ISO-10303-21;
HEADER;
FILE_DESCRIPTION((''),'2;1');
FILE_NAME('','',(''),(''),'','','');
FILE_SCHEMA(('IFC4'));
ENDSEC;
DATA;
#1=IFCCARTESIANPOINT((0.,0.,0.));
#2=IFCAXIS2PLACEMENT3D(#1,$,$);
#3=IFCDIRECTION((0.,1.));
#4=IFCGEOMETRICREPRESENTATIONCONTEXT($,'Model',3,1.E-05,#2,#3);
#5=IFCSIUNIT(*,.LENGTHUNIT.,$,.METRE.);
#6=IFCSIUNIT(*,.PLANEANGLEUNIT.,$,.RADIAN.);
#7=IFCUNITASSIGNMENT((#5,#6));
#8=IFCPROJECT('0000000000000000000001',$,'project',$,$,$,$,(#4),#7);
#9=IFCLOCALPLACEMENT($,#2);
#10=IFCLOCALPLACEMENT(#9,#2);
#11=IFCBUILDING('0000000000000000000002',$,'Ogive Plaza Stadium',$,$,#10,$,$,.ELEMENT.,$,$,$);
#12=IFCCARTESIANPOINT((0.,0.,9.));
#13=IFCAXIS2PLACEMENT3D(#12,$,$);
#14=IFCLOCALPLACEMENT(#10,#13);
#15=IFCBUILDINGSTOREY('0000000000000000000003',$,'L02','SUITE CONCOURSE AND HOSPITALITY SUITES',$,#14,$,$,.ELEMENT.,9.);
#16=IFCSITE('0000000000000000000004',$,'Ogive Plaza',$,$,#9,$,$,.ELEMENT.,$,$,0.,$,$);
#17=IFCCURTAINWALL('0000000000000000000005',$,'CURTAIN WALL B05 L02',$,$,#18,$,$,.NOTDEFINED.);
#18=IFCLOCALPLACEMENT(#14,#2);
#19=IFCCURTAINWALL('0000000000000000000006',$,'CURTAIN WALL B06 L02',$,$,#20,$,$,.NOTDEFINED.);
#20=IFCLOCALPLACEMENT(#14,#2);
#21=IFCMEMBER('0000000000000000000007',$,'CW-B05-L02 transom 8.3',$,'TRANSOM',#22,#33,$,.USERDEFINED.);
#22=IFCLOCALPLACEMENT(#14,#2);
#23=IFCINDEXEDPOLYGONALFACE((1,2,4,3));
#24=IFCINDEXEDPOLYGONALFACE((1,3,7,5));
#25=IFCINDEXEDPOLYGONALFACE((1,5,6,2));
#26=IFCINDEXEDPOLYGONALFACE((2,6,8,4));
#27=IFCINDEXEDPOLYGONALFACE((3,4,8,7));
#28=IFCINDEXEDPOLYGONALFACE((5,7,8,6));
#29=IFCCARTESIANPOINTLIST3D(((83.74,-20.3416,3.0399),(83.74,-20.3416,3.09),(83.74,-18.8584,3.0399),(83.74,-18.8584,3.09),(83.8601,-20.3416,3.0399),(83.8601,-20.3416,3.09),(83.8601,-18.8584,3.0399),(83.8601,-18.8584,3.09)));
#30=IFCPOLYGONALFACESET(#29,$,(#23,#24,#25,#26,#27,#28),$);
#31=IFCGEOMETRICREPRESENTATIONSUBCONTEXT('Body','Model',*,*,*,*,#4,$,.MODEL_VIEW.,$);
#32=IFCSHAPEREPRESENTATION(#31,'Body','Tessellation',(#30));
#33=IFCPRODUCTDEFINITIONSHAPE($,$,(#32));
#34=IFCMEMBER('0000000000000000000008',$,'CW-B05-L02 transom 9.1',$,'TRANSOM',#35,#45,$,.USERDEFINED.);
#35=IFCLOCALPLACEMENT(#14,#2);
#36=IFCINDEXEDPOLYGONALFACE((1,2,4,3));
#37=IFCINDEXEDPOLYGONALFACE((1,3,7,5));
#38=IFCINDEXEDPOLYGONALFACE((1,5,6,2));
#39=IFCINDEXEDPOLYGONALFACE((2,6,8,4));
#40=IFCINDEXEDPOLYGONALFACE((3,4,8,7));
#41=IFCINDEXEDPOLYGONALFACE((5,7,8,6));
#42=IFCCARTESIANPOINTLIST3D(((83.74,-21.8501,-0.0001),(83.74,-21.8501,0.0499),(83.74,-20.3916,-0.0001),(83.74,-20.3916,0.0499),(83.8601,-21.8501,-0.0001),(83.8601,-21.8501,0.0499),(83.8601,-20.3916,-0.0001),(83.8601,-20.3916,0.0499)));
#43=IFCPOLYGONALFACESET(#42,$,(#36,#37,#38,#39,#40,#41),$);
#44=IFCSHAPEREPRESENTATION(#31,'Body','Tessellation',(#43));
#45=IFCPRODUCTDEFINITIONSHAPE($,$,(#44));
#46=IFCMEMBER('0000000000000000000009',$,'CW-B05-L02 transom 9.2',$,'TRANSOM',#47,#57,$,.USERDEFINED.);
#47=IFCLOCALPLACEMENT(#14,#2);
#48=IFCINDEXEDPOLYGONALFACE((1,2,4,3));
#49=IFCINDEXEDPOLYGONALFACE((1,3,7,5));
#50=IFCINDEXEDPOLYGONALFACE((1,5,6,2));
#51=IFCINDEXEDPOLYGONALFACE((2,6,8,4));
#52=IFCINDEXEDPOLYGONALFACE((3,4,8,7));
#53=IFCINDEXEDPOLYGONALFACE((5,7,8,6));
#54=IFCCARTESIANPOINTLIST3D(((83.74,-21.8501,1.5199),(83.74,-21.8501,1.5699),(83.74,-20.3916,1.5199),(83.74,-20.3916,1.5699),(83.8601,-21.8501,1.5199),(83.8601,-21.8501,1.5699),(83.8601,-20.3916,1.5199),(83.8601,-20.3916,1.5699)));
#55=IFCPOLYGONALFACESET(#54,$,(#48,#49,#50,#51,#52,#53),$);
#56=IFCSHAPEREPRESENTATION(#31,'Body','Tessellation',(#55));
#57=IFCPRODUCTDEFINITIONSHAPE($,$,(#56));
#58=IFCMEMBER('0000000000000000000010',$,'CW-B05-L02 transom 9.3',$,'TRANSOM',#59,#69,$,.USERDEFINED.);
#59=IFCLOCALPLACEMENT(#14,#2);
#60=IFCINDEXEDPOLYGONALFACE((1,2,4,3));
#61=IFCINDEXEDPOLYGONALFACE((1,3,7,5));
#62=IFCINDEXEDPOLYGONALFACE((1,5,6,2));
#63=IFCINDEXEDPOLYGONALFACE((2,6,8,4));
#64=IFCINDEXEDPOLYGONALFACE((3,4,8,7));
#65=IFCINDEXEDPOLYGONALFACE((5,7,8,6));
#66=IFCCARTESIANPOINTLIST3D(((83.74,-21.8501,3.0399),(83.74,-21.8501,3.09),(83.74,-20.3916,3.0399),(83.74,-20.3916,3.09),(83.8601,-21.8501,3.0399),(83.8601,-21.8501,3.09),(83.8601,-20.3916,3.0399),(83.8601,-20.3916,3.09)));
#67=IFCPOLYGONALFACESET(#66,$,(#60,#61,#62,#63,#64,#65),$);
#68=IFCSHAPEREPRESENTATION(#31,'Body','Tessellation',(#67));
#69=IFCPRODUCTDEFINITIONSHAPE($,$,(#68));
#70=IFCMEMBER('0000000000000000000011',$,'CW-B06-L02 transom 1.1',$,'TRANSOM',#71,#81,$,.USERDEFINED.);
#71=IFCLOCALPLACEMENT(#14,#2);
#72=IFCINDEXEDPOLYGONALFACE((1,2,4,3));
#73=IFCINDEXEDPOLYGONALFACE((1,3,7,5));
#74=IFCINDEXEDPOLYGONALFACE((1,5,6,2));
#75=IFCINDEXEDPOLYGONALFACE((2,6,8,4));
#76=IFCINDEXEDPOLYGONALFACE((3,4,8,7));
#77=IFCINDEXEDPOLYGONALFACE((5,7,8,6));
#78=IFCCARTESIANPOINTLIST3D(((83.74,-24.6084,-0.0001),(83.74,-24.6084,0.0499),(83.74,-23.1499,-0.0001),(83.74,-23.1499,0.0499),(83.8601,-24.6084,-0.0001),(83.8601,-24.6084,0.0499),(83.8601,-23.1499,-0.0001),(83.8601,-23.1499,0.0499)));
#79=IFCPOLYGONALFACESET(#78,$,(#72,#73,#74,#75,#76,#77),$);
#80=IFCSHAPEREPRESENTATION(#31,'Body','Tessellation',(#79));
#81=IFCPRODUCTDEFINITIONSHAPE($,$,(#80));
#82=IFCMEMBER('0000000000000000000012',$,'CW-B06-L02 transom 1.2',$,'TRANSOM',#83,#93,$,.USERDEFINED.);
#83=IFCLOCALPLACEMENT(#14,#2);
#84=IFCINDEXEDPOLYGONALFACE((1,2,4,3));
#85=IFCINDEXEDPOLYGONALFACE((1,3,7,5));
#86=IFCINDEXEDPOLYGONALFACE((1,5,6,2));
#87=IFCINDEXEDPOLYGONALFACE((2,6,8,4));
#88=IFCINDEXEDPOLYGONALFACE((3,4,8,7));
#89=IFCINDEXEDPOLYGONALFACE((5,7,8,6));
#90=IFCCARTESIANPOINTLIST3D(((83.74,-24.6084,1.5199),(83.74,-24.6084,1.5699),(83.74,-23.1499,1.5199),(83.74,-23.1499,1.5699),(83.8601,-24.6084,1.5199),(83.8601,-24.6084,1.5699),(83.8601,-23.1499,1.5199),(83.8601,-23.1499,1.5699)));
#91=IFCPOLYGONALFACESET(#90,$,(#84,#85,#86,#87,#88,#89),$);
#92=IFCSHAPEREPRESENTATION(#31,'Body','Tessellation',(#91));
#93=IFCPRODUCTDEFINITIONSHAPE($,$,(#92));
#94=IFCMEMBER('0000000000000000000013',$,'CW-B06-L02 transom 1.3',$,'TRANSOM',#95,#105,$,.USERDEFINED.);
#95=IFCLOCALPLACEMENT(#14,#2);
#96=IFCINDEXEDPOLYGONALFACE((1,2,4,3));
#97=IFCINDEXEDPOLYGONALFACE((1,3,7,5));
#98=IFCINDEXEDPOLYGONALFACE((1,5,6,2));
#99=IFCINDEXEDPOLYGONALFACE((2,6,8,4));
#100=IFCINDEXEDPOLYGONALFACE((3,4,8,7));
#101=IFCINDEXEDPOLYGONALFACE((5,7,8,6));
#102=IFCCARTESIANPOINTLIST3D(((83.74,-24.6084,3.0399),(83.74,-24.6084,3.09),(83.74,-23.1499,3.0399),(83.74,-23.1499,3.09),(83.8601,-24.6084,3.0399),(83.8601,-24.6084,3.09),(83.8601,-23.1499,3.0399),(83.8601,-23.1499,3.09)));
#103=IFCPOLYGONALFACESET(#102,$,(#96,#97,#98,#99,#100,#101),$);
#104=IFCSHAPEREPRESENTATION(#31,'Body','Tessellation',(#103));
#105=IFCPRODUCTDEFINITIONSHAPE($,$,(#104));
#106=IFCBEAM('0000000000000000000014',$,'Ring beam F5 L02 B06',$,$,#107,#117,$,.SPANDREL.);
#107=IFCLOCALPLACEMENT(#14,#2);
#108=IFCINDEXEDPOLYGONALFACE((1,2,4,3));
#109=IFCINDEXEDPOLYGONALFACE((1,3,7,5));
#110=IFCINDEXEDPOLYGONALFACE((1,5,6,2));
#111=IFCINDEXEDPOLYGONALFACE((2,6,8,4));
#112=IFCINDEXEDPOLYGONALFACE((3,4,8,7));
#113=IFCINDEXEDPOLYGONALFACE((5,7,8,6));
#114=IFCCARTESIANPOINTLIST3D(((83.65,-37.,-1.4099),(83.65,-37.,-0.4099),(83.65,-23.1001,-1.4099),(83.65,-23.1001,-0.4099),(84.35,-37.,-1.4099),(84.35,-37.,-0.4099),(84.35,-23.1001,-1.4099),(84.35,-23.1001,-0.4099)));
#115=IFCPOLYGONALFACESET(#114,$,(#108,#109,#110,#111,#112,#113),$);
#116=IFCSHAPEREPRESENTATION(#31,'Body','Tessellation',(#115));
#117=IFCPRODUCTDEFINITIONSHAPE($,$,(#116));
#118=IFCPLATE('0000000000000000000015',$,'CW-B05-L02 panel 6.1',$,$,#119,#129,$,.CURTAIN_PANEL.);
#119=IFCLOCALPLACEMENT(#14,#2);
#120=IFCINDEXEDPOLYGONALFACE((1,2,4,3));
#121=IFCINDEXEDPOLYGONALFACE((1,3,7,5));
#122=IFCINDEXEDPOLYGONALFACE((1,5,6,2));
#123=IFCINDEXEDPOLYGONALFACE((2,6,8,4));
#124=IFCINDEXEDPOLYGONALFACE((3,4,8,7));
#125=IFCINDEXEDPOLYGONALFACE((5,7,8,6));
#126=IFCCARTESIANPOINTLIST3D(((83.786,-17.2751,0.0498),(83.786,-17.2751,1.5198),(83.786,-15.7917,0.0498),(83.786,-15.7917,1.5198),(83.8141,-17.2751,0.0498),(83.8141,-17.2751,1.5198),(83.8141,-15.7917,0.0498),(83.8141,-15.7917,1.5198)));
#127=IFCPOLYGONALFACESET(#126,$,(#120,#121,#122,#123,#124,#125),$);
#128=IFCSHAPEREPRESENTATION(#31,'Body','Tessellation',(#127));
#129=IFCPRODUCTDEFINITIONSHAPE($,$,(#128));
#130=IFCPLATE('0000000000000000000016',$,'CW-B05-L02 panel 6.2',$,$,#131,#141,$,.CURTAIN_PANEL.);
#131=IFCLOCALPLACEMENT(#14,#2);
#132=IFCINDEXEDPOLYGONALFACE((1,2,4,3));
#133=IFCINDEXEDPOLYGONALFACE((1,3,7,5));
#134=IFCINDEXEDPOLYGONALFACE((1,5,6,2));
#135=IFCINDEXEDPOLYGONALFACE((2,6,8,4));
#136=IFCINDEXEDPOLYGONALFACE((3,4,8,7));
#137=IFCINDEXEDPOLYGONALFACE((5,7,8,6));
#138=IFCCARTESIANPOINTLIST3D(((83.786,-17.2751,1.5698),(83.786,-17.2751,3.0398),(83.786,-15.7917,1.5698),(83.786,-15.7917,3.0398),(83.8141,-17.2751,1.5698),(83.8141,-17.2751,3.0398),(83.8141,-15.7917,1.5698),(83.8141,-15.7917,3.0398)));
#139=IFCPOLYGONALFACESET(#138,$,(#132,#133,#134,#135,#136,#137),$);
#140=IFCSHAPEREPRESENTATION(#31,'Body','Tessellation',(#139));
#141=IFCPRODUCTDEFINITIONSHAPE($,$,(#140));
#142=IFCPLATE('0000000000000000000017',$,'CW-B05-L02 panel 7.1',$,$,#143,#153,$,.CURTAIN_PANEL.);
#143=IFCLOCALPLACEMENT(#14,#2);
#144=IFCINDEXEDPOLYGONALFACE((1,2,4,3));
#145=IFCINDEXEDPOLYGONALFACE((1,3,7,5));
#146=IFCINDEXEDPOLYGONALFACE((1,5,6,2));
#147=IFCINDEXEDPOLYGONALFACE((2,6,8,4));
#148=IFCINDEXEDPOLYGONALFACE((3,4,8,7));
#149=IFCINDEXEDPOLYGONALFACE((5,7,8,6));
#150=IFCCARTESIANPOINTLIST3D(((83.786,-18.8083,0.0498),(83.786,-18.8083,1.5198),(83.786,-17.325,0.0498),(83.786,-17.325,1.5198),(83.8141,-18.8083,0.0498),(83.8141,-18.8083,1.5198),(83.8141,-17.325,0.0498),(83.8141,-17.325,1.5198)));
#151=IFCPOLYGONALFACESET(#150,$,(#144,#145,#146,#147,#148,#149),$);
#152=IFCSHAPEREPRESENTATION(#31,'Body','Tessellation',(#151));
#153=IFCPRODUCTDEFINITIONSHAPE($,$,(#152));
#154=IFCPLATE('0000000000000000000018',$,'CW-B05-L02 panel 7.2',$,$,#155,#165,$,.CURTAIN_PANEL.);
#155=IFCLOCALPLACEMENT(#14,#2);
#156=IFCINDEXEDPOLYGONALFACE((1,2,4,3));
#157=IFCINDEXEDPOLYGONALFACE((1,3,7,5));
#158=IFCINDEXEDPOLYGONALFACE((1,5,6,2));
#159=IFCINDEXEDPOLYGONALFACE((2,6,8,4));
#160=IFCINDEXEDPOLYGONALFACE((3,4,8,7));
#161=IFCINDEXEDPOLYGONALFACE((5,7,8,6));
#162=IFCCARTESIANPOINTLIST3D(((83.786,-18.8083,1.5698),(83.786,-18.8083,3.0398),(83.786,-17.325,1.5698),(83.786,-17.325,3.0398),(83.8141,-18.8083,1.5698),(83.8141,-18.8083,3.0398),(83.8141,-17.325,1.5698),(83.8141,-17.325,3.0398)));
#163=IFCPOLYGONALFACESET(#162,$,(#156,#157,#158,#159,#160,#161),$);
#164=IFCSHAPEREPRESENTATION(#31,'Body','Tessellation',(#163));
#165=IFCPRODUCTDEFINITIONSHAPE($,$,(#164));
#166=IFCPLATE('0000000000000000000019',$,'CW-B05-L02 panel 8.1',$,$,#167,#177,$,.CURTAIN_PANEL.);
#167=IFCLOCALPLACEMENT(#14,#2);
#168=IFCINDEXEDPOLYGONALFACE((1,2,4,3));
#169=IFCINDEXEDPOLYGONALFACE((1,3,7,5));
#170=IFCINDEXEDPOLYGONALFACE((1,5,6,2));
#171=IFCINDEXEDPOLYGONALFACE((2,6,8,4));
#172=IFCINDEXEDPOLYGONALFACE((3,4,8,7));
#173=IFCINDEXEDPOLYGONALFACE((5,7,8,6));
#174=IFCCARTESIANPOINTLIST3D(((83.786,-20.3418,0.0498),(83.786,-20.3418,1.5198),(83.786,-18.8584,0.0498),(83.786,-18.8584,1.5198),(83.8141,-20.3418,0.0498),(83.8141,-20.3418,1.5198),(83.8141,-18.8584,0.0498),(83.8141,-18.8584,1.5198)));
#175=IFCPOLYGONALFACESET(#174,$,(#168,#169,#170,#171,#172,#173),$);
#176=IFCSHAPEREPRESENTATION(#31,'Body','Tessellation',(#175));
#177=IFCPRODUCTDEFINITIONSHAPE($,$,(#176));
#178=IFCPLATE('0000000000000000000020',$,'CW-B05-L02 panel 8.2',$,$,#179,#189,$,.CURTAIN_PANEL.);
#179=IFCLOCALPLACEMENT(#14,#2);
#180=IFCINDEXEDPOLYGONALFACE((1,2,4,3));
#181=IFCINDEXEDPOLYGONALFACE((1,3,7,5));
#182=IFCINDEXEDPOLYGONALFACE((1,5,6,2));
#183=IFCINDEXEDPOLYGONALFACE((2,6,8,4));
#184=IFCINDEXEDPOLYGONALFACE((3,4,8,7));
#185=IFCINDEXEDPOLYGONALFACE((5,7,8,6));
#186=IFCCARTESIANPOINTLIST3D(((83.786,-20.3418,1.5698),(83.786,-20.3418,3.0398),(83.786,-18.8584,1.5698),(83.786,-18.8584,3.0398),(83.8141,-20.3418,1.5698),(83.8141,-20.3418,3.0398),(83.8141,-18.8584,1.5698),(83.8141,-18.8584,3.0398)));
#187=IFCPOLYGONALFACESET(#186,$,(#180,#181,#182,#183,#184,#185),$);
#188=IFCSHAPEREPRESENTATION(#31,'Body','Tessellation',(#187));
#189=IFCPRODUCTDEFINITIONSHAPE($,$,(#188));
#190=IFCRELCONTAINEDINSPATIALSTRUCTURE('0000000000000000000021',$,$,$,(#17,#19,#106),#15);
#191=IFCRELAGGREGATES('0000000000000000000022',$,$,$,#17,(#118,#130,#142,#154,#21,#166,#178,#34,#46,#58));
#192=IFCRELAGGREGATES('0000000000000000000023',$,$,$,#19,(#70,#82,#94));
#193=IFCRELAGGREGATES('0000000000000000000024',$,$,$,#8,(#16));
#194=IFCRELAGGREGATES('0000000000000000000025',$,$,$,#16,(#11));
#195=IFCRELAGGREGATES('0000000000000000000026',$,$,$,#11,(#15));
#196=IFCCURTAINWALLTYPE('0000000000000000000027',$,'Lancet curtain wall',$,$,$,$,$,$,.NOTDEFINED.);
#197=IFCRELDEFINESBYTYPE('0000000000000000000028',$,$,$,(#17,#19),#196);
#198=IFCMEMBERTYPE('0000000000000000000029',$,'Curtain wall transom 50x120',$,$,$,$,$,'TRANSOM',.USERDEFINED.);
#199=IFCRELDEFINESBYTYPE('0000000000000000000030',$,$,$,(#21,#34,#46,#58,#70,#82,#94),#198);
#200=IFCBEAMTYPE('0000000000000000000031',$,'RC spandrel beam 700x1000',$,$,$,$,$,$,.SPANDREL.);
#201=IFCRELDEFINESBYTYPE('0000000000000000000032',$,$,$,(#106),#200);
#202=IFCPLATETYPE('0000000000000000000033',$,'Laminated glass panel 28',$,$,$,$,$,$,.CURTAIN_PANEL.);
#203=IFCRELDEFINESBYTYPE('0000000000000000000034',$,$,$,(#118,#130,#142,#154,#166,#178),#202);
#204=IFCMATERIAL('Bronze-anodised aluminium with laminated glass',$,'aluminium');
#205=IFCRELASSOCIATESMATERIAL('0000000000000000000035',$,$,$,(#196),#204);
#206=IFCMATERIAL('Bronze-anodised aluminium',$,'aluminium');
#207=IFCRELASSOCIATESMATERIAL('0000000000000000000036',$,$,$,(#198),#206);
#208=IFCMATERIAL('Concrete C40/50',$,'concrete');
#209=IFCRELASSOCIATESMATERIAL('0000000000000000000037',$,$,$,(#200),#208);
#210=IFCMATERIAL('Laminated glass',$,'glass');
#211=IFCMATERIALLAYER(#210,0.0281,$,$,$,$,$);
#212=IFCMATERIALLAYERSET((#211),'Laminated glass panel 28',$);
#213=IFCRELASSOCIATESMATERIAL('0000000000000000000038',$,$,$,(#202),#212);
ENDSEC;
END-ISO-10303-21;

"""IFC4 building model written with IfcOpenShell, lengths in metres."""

from ifc_helpers import new_model, si_unit, direction, frame, origin, origin_2d, place, context, subcontext, project, spatial, rectangle, extrude, material, layer, layer_set, material_profile, profile_set, type_object, element, aggregate, save


model = new_model("IFC4")

# Units and contexts
model_context = context("Model", 3, precision=1e-05, world=origin(), true_north=direction((0.0, 1.0)))
body_context = subcontext(model_context, "Body", "Model", "MODEL_VIEW")
ifc_project = project(units=[si_unit("LENGTHUNIT", "METRE"), si_unit("PLANEANGLEUNIT", "RADIAN")], contexts=[model_context])

# Site, building, storey
site_placement = place(None, origin())
site = spatial("IfcSite", under=ifc_project, at=site_placement, Name="Ogive Plaza", CompositionType="ELEMENT", RefElevation=0.0)
building_placement = place(site_placement, origin())
building = spatial("IfcBuilding", under=site, at=building_placement, Name="Ogive Plaza Stadium", CompositionType="ELEMENT")
storey_placement = place(building_placement, frame((0.0, 0.0, 9.0)))
storey = spatial("IfcBuildingStorey", under=building, at=storey_placement, Name="L02", Description="SUITE CONCOURSE AND HOSPITALITY SUITES", CompositionType="ELEMENT", Elevation=9.0)

# Curtain wall
ifc_material_1 = material(Name="Bronze-anodised aluminium with laminated glass", Category="aluminium")
curtain_wall_type = type_object("IfcCurtainWallType", Name="Lancet curtain wall", PredefinedType="NOTDEFINED", material=ifc_material_1)
curtain_wall_1_placement = place(storey_placement, origin())
curtain_wall_1 = element("IfcCurtainWall", 1, at=curtain_wall_1_placement, inside=storey, type_object=curtain_wall_type, Name="CURTAIN WALL B05 L02", PredefinedType="NOTDEFINED")

# Curtain wall
curtain_wall_2_placement = place(storey_placement, origin())
curtain_wall_2 = element("IfcCurtainWall", 2, at=curtain_wall_2_placement, inside=storey, type_object=curtain_wall_type, Name="CURTAIN WALL B06 L02", PredefinedType="NOTDEFINED")

# Members
ifc_material_2 = material(Name="Bronze-anodised aluminium", Category="aluminium")
ifc_material_profile_1 = material_profile(ifc_material_2, rectangle(XDim=0.1201, YDim=0.05, at=origin_2d()), Name="AL 120x50")
ifc_profile_set_1 = profile_set([ifc_material_profile_1], Name="Bronze-anodised aluminium")
member_type_1 = type_object("IfcMemberType", Name="Curtain wall transom 50x120", ElementType="TRANSOM", PredefinedType="USERDEFINED", material=ifc_profile_set_1)
member_1_placement = place(storey_placement, frame((83.8, -18.8584, 3.0649), z_axis=(0.0, -1.0, 0.0), x_axis=(1.0, 0.0, 0.0)))
member_1 = element("IfcMember", 3, at=member_1_placement, type_object=member_type_1, Name="CW-B05-L02 transom 8.3", ObjectType="TRANSOM", PredefinedType="USERDEFINED", context=body_context, shape_type="SweptSolid", body=[
    extrude(rectangle(XDim=0.1201, YDim=0.05, at=origin_2d()), origin(), (0.0, 0.0, 1.0), 1.4832),
])
member_2_placement = place(storey_placement, frame((83.8, -20.3916, 0.0249), z_axis=(0.0, -1.0, 0.0), x_axis=(1.0, 0.0, 0.0)))
member_2 = element("IfcMember", 4, at=member_2_placement, type_object=member_type_1, Name="CW-B05-L02 transom 9.1", ObjectType="TRANSOM", PredefinedType="USERDEFINED", context=body_context, shape_type="SweptSolid", body=[
    extrude(rectangle(XDim=0.1201, YDim=0.05, at=origin_2d()), origin(), (0.0, 0.0, 1.0), 1.4585),
])
member_3_placement = place(storey_placement, frame((83.8, -20.3916, 1.5449), z_axis=(0.0, -1.0, 0.0), x_axis=(1.0, 0.0, 0.0)))
member_3 = element("IfcMember", 5, at=member_3_placement, type_object=member_type_1, Name="CW-B05-L02 transom 9.2", ObjectType="TRANSOM", PredefinedType="USERDEFINED", context=body_context, shape_type="SweptSolid", body=[
    extrude(rectangle(XDim=0.1201, YDim=0.05, at=origin_2d()), origin(), (0.0, 0.0, 1.0), 1.4585),
])
member_4_placement = place(storey_placement, frame((83.8, -20.3916, 3.0649), z_axis=(0.0, -1.0, 0.0), x_axis=(1.0, 0.0, 0.0)))
member_4 = element("IfcMember", 6, at=member_4_placement, type_object=member_type_1, Name="CW-B05-L02 transom 9.3", ObjectType="TRANSOM", PredefinedType="USERDEFINED", context=body_context, shape_type="SweptSolid", body=[
    extrude(rectangle(XDim=0.1201, YDim=0.05, at=origin_2d()), origin(), (0.0, 0.0, 1.0), 1.4585),
])
member_5_placement = place(storey_placement, frame((83.8, -23.1499, 0.0249), z_axis=(0.0, -1.0, 0.0), x_axis=(1.0, 0.0, 0.0)))
member_5 = element("IfcMember", 7, at=member_5_placement, type_object=member_type_1, Name="CW-B06-L02 transom 1.1", ObjectType="TRANSOM", PredefinedType="USERDEFINED", context=body_context, shape_type="SweptSolid", body=[
    extrude(rectangle(XDim=0.1201, YDim=0.05, at=origin_2d()), origin(), (0.0, 0.0, 1.0), 1.4585),
])
member_6_placement = place(storey_placement, frame((83.8, -23.1499, 1.5449), z_axis=(0.0, -1.0, 0.0), x_axis=(1.0, 0.0, 0.0)))
member_6 = element("IfcMember", 8, at=member_6_placement, type_object=member_type_1, Name="CW-B06-L02 transom 1.2", ObjectType="TRANSOM", PredefinedType="USERDEFINED", context=body_context, shape_type="SweptSolid", body=[
    extrude(rectangle(XDim=0.1201, YDim=0.05, at=origin_2d()), origin(), (0.0, 0.0, 1.0), 1.4585),
])
member_7_placement = place(storey_placement, frame((83.8, -23.1499, 3.0649), z_axis=(0.0, -1.0, 0.0), x_axis=(1.0, 0.0, 0.0)))
member_7 = element("IfcMember", 9, at=member_7_placement, type_object=member_type_1, Name="CW-B06-L02 transom 1.3", ObjectType="TRANSOM", PredefinedType="USERDEFINED", context=body_context, shape_type="SweptSolid", body=[
    extrude(rectangle(XDim=0.1201, YDim=0.05, at=origin_2d()), origin(), (0.0, 0.0, 1.0), 1.4585),
])

# Beam
ifc_material_3 = material(Name="Concrete C40/50", Category="concrete")
ifc_material_profile_2 = material_profile(ifc_material_3, rectangle(XDim=0.7, YDim=1.0, at=origin_2d()), Name="RC 700x1000")
ifc_profile_set_2 = profile_set([ifc_material_profile_2], Name="Concrete C40/50")
beam_type = type_object("IfcBeamType", Name="RC spandrel beam 700x1000", PredefinedType="SPANDREL", material=ifc_profile_set_2)
beam_placement = place(storey_placement, frame((84.0, -23.1001, -0.9099), z_axis=(0.0, -1.0, 0.0), x_axis=(1.0, 0.0, 0.0)))
element("IfcBeam", 10, at=beam_placement, inside=storey, type_object=beam_type, Name="Ring beam F5 L02 B06", PredefinedType="SPANDREL", context=body_context, shape_type="SweptSolid", body=[
    extrude(rectangle(XDim=0.7, YDim=1.0, at=origin_2d()), origin(), (0.0, 0.0, 1.0), 13.8999),
])

# Plates
ifc_material_4 = material(Name="Laminated glass", Category="glass")
ifc_layer = layer(ifc_material_4, 0.0281)
ifc_layer_set = layer_set([ifc_layer], Name="Laminated glass panel 28")
plate_type = type_object("IfcPlateType", Name="Laminated glass panel 28", PredefinedType="CURTAIN_PANEL", material=ifc_layer_set)
plate_1_placement = place(storey_placement, frame((83.8, -16.5334, 0.0498), z_axis=(0.0, 0.0, 1.0), x_axis=(0.0, -1.0, 0.0)))
plate_1 = element("IfcPlate", 11, at=plate_1_placement, type_object=plate_type, Name="CW-B05-L02 panel 6.1", PredefinedType="CURTAIN_PANEL", context=body_context, shape_type="SweptSolid", body=[
    extrude(rectangle(XDim=1.4834, YDim=0.0281, at=origin_2d()), origin(), (0.0, 0.0, 1.0), 1.47),
])
plate_2_placement = place(storey_placement, frame((83.8, -16.5334, 1.5698), z_axis=(0.0, 0.0, 1.0), x_axis=(0.0, -1.0, 0.0)))
plate_2 = element("IfcPlate", 12, at=plate_2_placement, type_object=plate_type, Name="CW-B05-L02 panel 6.2", PredefinedType="CURTAIN_PANEL", context=body_context, shape_type="SweptSolid", body=[
    extrude(rectangle(XDim=1.4834, YDim=0.0281, at=origin_2d()), origin(), (0.0, 0.0, 1.0), 1.47),
])
plate_3_placement = place(storey_placement, frame((83.8, -18.0667, 0.0498), z_axis=(0.0, 0.0, 1.0), x_axis=(0.0, -1.0, 0.0)))
plate_3 = element("IfcPlate", 13, at=plate_3_placement, type_object=plate_type, Name="CW-B05-L02 panel 7.1", PredefinedType="CURTAIN_PANEL", context=body_context, shape_type="SweptSolid", body=[
    extrude(rectangle(XDim=1.4834, YDim=0.0281, at=origin_2d()), origin(), (0.0, 0.0, 1.0), 1.47),
])
plate_4_placement = place(storey_placement, frame((83.8, -18.0667, 1.5698), z_axis=(0.0, 0.0, 1.0), x_axis=(0.0, -1.0, 0.0)))
plate_4 = element("IfcPlate", 14, at=plate_4_placement, type_object=plate_type, Name="CW-B05-L02 panel 7.2", PredefinedType="CURTAIN_PANEL", context=body_context, shape_type="SweptSolid", body=[
    extrude(rectangle(XDim=1.4834, YDim=0.0281, at=origin_2d()), origin(), (0.0, 0.0, 1.0), 1.47),
])
plate_5_placement = place(storey_placement, frame((83.8, -19.6001, 0.0498), z_axis=(0.0, 0.0, 1.0), x_axis=(0.0, -1.0, 0.0)))
plate_5 = element("IfcPlate", 15, at=plate_5_placement, type_object=plate_type, Name="CW-B05-L02 panel 8.1", PredefinedType="CURTAIN_PANEL", context=body_context, shape_type="SweptSolid", body=[
    extrude(rectangle(XDim=1.4834, YDim=0.0281, at=origin_2d()), origin(), (0.0, 0.0, 1.0), 1.47),
])
plate_6_placement = place(storey_placement, frame((83.8, -19.6001, 1.5698), z_axis=(0.0, 0.0, 1.0), x_axis=(0.0, -1.0, 0.0)))
plate_6 = element("IfcPlate", 16, at=plate_6_placement, type_object=plate_type, Name="CW-B05-L02 panel 8.2", PredefinedType="CURTAIN_PANEL", context=body_context, shape_type="SweptSolid", body=[
    extrude(rectangle(XDim=1.4834, YDim=0.0281, at=origin_2d()), origin(), (0.0, 0.0, 1.0), 1.47),
])
aggregate(curtain_wall_1, [plate_1, plate_2, plate_3, plate_4, member_1, plate_5, plate_6, member_2, member_3, member_4])
aggregate(curtain_wall_2, [member_5, member_6, member_7])

save(model, "model.ifc")
